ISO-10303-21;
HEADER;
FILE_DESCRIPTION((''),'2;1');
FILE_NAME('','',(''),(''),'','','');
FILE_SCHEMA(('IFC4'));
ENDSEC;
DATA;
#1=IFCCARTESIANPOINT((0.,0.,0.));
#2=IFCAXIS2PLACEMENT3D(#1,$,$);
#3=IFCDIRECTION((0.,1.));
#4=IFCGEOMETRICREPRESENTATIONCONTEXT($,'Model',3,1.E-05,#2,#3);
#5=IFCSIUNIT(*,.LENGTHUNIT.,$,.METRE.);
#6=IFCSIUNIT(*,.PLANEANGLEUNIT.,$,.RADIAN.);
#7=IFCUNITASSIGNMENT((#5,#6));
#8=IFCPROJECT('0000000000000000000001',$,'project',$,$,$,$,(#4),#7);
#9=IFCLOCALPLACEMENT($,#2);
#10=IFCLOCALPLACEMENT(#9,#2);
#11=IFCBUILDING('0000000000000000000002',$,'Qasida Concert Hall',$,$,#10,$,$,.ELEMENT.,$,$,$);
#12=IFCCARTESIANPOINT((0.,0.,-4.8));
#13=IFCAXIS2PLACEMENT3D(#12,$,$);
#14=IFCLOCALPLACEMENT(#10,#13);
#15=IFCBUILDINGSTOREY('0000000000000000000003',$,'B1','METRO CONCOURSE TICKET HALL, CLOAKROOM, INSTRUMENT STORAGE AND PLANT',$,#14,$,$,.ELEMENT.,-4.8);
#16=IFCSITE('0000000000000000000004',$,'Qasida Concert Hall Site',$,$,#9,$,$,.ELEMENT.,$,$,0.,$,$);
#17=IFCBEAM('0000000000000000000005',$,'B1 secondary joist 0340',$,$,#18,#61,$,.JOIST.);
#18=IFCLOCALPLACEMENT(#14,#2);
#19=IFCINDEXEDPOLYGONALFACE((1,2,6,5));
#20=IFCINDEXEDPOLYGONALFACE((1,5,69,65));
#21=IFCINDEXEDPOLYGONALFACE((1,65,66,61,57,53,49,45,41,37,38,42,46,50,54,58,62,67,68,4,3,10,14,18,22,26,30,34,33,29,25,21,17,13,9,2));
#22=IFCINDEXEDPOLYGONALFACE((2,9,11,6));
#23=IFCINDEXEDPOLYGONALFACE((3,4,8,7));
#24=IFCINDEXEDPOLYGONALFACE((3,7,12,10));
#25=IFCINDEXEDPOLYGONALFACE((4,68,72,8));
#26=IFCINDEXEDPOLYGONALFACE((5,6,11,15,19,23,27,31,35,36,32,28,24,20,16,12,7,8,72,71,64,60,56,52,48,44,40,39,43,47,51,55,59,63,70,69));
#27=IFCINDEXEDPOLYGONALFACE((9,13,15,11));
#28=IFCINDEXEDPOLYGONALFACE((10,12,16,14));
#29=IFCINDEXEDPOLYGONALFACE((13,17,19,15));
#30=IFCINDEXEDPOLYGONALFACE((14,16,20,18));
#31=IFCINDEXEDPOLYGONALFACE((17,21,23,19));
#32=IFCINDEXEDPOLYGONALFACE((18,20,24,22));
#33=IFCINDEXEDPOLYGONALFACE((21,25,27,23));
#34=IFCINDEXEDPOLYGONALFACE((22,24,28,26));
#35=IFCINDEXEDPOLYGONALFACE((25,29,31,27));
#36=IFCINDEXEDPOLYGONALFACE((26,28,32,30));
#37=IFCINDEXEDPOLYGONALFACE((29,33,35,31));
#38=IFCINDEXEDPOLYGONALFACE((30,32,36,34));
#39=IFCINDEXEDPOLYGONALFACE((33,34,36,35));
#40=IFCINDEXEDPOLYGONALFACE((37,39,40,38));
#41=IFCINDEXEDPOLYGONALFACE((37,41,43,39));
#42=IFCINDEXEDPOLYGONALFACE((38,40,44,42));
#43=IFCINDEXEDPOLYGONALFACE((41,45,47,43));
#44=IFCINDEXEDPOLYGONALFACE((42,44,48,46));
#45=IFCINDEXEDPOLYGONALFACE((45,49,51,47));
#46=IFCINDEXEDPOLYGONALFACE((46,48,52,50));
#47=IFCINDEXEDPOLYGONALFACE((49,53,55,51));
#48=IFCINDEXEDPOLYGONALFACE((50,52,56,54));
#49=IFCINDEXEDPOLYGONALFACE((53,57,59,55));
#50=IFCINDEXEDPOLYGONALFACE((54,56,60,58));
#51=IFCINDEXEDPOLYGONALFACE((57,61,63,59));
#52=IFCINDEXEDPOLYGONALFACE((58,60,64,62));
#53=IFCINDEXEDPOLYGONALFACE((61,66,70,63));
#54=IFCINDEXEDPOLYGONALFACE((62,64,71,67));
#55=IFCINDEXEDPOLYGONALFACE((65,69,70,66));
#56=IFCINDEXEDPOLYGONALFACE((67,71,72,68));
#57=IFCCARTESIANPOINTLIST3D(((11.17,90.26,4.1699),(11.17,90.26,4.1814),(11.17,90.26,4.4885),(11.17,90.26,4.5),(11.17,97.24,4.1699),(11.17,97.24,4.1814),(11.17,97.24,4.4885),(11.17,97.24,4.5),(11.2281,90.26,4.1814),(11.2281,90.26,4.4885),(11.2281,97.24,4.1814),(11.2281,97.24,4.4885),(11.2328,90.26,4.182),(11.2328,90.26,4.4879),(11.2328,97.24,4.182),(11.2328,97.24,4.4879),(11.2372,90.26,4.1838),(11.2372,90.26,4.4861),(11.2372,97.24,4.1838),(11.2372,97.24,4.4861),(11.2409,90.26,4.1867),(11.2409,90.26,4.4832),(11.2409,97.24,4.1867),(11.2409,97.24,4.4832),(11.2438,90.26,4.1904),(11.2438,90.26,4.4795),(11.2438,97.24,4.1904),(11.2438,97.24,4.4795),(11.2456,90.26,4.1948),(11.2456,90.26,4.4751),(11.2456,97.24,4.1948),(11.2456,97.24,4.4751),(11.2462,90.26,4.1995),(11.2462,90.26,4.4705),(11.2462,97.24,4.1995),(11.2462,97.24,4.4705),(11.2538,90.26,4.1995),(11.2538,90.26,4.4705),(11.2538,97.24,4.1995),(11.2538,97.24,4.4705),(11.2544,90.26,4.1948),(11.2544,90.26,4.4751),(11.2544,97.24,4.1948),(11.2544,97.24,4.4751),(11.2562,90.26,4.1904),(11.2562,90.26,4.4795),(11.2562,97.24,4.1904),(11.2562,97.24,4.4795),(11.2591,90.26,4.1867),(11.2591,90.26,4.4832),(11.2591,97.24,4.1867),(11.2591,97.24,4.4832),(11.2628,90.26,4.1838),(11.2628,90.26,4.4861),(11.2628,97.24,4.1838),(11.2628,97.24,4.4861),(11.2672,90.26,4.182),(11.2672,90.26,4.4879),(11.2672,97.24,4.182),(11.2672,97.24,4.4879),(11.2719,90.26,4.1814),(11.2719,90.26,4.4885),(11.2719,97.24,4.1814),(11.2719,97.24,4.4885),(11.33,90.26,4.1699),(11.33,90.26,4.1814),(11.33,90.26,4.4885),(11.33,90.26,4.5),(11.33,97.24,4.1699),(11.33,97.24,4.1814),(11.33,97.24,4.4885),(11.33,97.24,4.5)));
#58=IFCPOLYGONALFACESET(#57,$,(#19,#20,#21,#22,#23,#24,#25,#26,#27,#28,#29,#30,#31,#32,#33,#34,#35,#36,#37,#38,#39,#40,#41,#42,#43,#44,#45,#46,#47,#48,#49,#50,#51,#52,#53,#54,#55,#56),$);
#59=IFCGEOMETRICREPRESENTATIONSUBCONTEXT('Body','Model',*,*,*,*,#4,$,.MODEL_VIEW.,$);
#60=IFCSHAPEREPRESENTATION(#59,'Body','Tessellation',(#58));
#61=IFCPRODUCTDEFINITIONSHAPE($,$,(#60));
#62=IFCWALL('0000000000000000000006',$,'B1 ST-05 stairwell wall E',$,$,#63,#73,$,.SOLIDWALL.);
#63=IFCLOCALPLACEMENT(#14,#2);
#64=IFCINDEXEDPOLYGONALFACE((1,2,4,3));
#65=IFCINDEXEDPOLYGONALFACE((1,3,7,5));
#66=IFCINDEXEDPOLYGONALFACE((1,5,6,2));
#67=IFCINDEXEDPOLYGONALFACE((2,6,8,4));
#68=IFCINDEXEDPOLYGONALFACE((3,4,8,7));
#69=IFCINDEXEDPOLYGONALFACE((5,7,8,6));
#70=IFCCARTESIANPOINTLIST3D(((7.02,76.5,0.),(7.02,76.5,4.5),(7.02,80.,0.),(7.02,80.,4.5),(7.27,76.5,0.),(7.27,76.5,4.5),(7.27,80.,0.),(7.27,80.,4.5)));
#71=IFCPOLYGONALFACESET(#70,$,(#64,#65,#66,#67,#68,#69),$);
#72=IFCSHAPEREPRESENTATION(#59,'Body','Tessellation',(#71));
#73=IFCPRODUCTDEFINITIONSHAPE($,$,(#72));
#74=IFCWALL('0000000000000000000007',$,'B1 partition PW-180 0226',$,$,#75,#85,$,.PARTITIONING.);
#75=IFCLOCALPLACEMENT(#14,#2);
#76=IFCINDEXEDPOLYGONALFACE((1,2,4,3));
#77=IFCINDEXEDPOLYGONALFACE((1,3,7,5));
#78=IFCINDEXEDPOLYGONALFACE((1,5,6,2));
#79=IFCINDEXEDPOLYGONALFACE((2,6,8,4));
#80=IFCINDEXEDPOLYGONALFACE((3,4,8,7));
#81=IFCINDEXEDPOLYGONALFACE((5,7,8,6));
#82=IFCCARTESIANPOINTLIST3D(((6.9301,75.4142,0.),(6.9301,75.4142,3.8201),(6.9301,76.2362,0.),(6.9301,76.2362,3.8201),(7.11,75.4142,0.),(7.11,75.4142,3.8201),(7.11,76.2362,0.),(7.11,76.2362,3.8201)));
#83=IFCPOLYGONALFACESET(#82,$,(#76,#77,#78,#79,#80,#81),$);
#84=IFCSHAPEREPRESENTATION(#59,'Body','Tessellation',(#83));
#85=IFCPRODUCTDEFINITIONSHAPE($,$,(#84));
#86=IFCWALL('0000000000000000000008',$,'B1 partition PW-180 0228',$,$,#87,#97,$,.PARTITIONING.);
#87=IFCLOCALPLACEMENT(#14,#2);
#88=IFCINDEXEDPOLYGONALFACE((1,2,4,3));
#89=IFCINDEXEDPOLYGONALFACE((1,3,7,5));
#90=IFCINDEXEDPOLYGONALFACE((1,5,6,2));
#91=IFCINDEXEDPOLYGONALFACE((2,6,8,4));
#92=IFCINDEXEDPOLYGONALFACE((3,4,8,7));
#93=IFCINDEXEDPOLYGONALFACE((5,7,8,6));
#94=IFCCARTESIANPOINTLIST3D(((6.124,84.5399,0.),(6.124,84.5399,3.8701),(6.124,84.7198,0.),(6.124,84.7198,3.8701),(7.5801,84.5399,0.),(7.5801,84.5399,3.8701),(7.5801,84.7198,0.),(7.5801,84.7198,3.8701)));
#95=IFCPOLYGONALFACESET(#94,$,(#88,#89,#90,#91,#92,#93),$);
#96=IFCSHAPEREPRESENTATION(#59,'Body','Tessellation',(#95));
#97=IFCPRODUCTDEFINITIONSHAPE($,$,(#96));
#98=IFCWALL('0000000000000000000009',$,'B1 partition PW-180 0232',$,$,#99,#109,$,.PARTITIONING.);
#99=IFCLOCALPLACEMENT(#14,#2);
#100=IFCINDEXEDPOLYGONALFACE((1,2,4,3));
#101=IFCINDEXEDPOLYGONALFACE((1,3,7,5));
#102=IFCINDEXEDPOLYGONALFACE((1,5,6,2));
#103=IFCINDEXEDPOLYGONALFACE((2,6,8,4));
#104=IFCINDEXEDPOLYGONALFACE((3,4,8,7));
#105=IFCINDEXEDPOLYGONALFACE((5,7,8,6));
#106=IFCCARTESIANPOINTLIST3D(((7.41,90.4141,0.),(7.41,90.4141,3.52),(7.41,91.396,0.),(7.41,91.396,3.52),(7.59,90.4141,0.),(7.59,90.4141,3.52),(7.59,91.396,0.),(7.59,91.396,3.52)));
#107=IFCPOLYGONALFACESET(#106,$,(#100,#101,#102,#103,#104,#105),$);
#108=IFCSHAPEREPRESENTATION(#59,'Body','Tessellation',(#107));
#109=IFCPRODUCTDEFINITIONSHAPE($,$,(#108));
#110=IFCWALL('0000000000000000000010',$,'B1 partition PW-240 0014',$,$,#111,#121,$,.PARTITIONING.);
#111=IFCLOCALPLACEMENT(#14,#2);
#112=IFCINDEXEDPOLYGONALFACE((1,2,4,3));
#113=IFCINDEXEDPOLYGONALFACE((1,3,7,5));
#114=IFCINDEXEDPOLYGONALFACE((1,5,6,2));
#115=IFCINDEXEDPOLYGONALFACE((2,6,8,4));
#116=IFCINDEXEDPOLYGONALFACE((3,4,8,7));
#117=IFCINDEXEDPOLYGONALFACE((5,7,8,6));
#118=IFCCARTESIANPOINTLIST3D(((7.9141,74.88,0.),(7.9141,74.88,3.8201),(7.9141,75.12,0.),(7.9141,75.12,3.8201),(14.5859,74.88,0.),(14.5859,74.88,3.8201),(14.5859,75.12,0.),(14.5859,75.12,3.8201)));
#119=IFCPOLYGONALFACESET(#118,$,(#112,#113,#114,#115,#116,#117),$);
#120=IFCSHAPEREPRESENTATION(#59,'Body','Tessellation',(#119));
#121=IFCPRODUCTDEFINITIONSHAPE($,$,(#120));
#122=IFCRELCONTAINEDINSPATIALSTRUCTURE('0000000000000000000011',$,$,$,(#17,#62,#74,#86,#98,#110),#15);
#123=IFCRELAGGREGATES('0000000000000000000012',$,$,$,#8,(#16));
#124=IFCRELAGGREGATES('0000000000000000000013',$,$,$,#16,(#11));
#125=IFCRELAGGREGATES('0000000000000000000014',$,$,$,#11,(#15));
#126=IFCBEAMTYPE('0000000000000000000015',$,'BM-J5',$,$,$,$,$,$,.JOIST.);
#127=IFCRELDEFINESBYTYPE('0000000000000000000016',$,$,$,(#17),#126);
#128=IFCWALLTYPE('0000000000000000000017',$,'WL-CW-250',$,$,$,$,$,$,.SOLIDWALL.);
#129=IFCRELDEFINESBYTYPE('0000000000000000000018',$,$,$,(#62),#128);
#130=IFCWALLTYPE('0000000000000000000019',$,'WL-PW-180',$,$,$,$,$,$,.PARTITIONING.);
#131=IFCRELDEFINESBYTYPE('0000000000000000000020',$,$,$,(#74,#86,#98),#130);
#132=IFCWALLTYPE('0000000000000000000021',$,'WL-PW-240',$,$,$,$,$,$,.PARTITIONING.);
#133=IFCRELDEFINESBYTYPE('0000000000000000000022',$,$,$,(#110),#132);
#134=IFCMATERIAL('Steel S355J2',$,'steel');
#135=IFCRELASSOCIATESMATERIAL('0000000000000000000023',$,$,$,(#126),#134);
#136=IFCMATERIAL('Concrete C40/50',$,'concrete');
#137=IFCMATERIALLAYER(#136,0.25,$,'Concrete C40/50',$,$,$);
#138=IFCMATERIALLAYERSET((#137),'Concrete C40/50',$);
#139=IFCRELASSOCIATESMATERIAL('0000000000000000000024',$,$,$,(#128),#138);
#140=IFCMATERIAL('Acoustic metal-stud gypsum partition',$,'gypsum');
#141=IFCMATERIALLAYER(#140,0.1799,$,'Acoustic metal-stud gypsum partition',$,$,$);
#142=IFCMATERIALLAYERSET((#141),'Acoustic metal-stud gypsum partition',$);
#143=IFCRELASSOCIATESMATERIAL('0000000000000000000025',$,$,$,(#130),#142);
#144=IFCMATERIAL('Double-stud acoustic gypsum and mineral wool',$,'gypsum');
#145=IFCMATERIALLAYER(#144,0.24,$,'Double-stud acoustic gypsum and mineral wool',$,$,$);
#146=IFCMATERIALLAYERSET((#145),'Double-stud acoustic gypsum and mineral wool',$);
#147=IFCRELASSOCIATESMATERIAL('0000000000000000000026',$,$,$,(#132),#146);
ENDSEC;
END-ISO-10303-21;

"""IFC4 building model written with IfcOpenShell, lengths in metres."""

from ifc_helpers import new_model, si_unit, direction, frame, frame_2d, origin, origin_2d, place, context, subcontext, project, spatial, rectangle, i_section, extrude, material, layer, layer_set, material_profile, profile_set, type_object, element, save


model = new_model("IFC4")

# Units and contexts
model_context = context("Model", 3, precision=1e-05, world=origin(), true_north=direction((0.0, 1.0)))
body_context = subcontext(model_context, "Body", "Model", "MODEL_VIEW")
ifc_project = project(units=[si_unit("LENGTHUNIT", "METRE"), si_unit("PLANEANGLEUNIT", "RADIAN")], contexts=[model_context])

# Site, building, storey
site_placement = place(None, origin())
site = spatial("IfcSite", under=ifc_project, at=site_placement, Name="Qasida Concert Hall Site", CompositionType="ELEMENT", RefElevation=0.0)
building_placement = place(site_placement, origin())
building = spatial("IfcBuilding", under=site, at=building_placement, Name="Qasida Concert Hall", CompositionType="ELEMENT")
storey_placement = place(building_placement, frame((0.0, 0.0, -4.8)))
storey = spatial("IfcBuildingStorey", under=building, at=storey_placement, Name="B1", Description="METRO CONCOURSE TICKET HALL, CLOAKROOM, INSTRUMENT STORAGE AND PLANT", CompositionType="ELEMENT", Elevation=-4.8)

# Shared definitions
ifc_material_1 = material(Name="Concrete C40/50", Category="concrete")

# Beam
ifc_material_2 = material(Name="Steel S355J2", Category="steel")
ifc_material_profile_1 = material_profile(ifc_material_2, i_section(OverallWidth=0.1599, OverallDepth=0.3301, WebThickness=0.0076, FlangeThickness=0.0115, FilletRadius=0.0181, at=origin_2d()), Name="IPE 330")
ifc_profile_set_1 = profile_set([ifc_material_profile_1], Name="Steel S355J2")
beam_type_1 = type_object("IfcBeamType", Name="BM-J5", PredefinedType="JOIST", material=ifc_profile_set_1)
beam_1_placement = place(storey_placement, frame((11.25, 90.26, 4.335), z_axis=(0.0, 1.0, 0.0), x_axis=(-1.0, 0.0, 0.0)))
element("IfcBeam", 1, at=beam_1_placement, inside=storey, type_object=beam_type_1, Name="B1 secondary joist 0340", PredefinedType="JOIST", context=body_context, shape_type="SweptSolid", body=[
    extrude(i_section(OverallWidth=0.1599, OverallDepth=0.3301, WebThickness=0.0076, FlangeThickness=0.0115, FilletRadius=0.0181, at=origin_2d()), origin(), (0.0, 0.0, 1.0), 6.98),
])

# Walls
ifc_layer_1 = layer(ifc_material_1, 0.25, Name="Concrete C40/50")
ifc_layer_set_1 = layer_set([ifc_layer_1], Name="Concrete C40/50")
wall_type_1 = type_object("IfcWallType", Name="WL-CW-250", PredefinedType="SOLIDWALL", material=ifc_layer_set_1)
wall_1_placement = place(storey_placement, frame((7.145, 76.5, 0.0), z_axis=(0.0, 0.0, 1.0), x_axis=(0.0, 1.0, 0.0)))
element("IfcWall", 2, at=wall_1_placement, inside=storey, type_object=wall_type_1, Name="B1 ST-05 stairwell wall E", PredefinedType="SOLIDWALL", context=body_context, shape_type="SweptSolid", body=[
    extrude(rectangle(XDim=3.5, YDim=0.25, at=frame_2d((1.75, 0.0))), origin(), (0.0, 0.0, 1.0), 4.5),
])
ifc_material_3 = material(Name="Acoustic metal-stud gypsum partition", Category="gypsum")
ifc_layer_2 = layer(ifc_material_3, 0.1799, Name="Acoustic metal-stud gypsum partition")
ifc_layer_set_2 = layer_set([ifc_layer_2], Name="Acoustic metal-stud gypsum partition")
wall_type_2 = type_object("IfcWallType", Name="WL-PW-180", PredefinedType="PARTITIONING", material=ifc_layer_set_2)
wall_2_placement = place(storey_placement, frame((7.02, 75.4141, 0.0), z_axis=(0.0, 0.0, 1.0), x_axis=(0.0, 1.0, 0.0)))
element("IfcWall", 3, at=wall_2_placement, inside=storey, type_object=wall_type_2, Name="B1 partition PW-180 0226", PredefinedType="PARTITIONING", context=body_context, shape_type="SweptSolid", body=[
    extrude(rectangle(XDim=0.822, YDim=0.1799, at=frame_2d((0.4111, 0.0))), origin(), (0.0, 0.0, 1.0), 3.8201),
])
wall_3_placement = place(storey_placement, frame((6.124, 84.6299, 0.0), z_axis=(0.0, 0.0, 1.0), x_axis=(1.0, 0.0, 0.0)))
element("IfcWall", 4, at=wall_3_placement, inside=storey, type_object=wall_type_2, Name="B1 partition PW-180 0228", PredefinedType="PARTITIONING", context=body_context, shape_type="SweptSolid", body=[
    extrude(rectangle(XDim=1.4561, YDim=0.1799, at=frame_2d((0.728, 0.0))), origin(), (0.0, 0.0, 1.0), 3.8701),
])

# Walls
wall_4_placement = place(storey_placement, frame((7.5, 90.4141, 0.0), z_axis=(0.0, 0.0, 1.0), x_axis=(0.0, 1.0, 0.0)))
element("IfcWall", 5, at=wall_4_placement, inside=storey, type_object=wall_type_2, Name="B1 partition PW-180 0232", PredefinedType="PARTITIONING", context=body_context, shape_type="SweptSolid", body=[
    extrude(rectangle(XDim=0.9819, YDim=0.1799, at=frame_2d((0.491, 0.0))), origin(), (0.0, 0.0, 1.0), 3.52),
])
ifc_material_4 = material(Name="Double-stud acoustic gypsum and mineral wool", Category="gypsum")
ifc_layer_3 = layer(ifc_material_4, 0.24, Name="Double-stud acoustic gypsum and mineral wool")
ifc_layer_set_3 = layer_set([ifc_layer_3], Name="Double-stud acoustic gypsum and mineral wool")
wall_type_3 = type_object("IfcWallType", Name="WL-PW-240", PredefinedType="PARTITIONING", material=ifc_layer_set_3)
wall_5_placement = place(storey_placement, frame((7.9141, 75.0, 0.0), z_axis=(0.0, 0.0, 1.0), x_axis=(1.0, 0.0, 0.0)))
element("IfcWall", 6, at=wall_5_placement, inside=storey, type_object=wall_type_3, Name="B1 partition PW-240 0014", PredefinedType="PARTITIONING", context=body_context, shape_type="SweptSolid", body=[
    extrude(rectangle(XDim=6.6719, YDim=0.24, at=frame_2d((3.3359, 0.0))), origin(), (0.0, 0.0, 1.0), 3.8201),
])

save(model, "model.ifc")
